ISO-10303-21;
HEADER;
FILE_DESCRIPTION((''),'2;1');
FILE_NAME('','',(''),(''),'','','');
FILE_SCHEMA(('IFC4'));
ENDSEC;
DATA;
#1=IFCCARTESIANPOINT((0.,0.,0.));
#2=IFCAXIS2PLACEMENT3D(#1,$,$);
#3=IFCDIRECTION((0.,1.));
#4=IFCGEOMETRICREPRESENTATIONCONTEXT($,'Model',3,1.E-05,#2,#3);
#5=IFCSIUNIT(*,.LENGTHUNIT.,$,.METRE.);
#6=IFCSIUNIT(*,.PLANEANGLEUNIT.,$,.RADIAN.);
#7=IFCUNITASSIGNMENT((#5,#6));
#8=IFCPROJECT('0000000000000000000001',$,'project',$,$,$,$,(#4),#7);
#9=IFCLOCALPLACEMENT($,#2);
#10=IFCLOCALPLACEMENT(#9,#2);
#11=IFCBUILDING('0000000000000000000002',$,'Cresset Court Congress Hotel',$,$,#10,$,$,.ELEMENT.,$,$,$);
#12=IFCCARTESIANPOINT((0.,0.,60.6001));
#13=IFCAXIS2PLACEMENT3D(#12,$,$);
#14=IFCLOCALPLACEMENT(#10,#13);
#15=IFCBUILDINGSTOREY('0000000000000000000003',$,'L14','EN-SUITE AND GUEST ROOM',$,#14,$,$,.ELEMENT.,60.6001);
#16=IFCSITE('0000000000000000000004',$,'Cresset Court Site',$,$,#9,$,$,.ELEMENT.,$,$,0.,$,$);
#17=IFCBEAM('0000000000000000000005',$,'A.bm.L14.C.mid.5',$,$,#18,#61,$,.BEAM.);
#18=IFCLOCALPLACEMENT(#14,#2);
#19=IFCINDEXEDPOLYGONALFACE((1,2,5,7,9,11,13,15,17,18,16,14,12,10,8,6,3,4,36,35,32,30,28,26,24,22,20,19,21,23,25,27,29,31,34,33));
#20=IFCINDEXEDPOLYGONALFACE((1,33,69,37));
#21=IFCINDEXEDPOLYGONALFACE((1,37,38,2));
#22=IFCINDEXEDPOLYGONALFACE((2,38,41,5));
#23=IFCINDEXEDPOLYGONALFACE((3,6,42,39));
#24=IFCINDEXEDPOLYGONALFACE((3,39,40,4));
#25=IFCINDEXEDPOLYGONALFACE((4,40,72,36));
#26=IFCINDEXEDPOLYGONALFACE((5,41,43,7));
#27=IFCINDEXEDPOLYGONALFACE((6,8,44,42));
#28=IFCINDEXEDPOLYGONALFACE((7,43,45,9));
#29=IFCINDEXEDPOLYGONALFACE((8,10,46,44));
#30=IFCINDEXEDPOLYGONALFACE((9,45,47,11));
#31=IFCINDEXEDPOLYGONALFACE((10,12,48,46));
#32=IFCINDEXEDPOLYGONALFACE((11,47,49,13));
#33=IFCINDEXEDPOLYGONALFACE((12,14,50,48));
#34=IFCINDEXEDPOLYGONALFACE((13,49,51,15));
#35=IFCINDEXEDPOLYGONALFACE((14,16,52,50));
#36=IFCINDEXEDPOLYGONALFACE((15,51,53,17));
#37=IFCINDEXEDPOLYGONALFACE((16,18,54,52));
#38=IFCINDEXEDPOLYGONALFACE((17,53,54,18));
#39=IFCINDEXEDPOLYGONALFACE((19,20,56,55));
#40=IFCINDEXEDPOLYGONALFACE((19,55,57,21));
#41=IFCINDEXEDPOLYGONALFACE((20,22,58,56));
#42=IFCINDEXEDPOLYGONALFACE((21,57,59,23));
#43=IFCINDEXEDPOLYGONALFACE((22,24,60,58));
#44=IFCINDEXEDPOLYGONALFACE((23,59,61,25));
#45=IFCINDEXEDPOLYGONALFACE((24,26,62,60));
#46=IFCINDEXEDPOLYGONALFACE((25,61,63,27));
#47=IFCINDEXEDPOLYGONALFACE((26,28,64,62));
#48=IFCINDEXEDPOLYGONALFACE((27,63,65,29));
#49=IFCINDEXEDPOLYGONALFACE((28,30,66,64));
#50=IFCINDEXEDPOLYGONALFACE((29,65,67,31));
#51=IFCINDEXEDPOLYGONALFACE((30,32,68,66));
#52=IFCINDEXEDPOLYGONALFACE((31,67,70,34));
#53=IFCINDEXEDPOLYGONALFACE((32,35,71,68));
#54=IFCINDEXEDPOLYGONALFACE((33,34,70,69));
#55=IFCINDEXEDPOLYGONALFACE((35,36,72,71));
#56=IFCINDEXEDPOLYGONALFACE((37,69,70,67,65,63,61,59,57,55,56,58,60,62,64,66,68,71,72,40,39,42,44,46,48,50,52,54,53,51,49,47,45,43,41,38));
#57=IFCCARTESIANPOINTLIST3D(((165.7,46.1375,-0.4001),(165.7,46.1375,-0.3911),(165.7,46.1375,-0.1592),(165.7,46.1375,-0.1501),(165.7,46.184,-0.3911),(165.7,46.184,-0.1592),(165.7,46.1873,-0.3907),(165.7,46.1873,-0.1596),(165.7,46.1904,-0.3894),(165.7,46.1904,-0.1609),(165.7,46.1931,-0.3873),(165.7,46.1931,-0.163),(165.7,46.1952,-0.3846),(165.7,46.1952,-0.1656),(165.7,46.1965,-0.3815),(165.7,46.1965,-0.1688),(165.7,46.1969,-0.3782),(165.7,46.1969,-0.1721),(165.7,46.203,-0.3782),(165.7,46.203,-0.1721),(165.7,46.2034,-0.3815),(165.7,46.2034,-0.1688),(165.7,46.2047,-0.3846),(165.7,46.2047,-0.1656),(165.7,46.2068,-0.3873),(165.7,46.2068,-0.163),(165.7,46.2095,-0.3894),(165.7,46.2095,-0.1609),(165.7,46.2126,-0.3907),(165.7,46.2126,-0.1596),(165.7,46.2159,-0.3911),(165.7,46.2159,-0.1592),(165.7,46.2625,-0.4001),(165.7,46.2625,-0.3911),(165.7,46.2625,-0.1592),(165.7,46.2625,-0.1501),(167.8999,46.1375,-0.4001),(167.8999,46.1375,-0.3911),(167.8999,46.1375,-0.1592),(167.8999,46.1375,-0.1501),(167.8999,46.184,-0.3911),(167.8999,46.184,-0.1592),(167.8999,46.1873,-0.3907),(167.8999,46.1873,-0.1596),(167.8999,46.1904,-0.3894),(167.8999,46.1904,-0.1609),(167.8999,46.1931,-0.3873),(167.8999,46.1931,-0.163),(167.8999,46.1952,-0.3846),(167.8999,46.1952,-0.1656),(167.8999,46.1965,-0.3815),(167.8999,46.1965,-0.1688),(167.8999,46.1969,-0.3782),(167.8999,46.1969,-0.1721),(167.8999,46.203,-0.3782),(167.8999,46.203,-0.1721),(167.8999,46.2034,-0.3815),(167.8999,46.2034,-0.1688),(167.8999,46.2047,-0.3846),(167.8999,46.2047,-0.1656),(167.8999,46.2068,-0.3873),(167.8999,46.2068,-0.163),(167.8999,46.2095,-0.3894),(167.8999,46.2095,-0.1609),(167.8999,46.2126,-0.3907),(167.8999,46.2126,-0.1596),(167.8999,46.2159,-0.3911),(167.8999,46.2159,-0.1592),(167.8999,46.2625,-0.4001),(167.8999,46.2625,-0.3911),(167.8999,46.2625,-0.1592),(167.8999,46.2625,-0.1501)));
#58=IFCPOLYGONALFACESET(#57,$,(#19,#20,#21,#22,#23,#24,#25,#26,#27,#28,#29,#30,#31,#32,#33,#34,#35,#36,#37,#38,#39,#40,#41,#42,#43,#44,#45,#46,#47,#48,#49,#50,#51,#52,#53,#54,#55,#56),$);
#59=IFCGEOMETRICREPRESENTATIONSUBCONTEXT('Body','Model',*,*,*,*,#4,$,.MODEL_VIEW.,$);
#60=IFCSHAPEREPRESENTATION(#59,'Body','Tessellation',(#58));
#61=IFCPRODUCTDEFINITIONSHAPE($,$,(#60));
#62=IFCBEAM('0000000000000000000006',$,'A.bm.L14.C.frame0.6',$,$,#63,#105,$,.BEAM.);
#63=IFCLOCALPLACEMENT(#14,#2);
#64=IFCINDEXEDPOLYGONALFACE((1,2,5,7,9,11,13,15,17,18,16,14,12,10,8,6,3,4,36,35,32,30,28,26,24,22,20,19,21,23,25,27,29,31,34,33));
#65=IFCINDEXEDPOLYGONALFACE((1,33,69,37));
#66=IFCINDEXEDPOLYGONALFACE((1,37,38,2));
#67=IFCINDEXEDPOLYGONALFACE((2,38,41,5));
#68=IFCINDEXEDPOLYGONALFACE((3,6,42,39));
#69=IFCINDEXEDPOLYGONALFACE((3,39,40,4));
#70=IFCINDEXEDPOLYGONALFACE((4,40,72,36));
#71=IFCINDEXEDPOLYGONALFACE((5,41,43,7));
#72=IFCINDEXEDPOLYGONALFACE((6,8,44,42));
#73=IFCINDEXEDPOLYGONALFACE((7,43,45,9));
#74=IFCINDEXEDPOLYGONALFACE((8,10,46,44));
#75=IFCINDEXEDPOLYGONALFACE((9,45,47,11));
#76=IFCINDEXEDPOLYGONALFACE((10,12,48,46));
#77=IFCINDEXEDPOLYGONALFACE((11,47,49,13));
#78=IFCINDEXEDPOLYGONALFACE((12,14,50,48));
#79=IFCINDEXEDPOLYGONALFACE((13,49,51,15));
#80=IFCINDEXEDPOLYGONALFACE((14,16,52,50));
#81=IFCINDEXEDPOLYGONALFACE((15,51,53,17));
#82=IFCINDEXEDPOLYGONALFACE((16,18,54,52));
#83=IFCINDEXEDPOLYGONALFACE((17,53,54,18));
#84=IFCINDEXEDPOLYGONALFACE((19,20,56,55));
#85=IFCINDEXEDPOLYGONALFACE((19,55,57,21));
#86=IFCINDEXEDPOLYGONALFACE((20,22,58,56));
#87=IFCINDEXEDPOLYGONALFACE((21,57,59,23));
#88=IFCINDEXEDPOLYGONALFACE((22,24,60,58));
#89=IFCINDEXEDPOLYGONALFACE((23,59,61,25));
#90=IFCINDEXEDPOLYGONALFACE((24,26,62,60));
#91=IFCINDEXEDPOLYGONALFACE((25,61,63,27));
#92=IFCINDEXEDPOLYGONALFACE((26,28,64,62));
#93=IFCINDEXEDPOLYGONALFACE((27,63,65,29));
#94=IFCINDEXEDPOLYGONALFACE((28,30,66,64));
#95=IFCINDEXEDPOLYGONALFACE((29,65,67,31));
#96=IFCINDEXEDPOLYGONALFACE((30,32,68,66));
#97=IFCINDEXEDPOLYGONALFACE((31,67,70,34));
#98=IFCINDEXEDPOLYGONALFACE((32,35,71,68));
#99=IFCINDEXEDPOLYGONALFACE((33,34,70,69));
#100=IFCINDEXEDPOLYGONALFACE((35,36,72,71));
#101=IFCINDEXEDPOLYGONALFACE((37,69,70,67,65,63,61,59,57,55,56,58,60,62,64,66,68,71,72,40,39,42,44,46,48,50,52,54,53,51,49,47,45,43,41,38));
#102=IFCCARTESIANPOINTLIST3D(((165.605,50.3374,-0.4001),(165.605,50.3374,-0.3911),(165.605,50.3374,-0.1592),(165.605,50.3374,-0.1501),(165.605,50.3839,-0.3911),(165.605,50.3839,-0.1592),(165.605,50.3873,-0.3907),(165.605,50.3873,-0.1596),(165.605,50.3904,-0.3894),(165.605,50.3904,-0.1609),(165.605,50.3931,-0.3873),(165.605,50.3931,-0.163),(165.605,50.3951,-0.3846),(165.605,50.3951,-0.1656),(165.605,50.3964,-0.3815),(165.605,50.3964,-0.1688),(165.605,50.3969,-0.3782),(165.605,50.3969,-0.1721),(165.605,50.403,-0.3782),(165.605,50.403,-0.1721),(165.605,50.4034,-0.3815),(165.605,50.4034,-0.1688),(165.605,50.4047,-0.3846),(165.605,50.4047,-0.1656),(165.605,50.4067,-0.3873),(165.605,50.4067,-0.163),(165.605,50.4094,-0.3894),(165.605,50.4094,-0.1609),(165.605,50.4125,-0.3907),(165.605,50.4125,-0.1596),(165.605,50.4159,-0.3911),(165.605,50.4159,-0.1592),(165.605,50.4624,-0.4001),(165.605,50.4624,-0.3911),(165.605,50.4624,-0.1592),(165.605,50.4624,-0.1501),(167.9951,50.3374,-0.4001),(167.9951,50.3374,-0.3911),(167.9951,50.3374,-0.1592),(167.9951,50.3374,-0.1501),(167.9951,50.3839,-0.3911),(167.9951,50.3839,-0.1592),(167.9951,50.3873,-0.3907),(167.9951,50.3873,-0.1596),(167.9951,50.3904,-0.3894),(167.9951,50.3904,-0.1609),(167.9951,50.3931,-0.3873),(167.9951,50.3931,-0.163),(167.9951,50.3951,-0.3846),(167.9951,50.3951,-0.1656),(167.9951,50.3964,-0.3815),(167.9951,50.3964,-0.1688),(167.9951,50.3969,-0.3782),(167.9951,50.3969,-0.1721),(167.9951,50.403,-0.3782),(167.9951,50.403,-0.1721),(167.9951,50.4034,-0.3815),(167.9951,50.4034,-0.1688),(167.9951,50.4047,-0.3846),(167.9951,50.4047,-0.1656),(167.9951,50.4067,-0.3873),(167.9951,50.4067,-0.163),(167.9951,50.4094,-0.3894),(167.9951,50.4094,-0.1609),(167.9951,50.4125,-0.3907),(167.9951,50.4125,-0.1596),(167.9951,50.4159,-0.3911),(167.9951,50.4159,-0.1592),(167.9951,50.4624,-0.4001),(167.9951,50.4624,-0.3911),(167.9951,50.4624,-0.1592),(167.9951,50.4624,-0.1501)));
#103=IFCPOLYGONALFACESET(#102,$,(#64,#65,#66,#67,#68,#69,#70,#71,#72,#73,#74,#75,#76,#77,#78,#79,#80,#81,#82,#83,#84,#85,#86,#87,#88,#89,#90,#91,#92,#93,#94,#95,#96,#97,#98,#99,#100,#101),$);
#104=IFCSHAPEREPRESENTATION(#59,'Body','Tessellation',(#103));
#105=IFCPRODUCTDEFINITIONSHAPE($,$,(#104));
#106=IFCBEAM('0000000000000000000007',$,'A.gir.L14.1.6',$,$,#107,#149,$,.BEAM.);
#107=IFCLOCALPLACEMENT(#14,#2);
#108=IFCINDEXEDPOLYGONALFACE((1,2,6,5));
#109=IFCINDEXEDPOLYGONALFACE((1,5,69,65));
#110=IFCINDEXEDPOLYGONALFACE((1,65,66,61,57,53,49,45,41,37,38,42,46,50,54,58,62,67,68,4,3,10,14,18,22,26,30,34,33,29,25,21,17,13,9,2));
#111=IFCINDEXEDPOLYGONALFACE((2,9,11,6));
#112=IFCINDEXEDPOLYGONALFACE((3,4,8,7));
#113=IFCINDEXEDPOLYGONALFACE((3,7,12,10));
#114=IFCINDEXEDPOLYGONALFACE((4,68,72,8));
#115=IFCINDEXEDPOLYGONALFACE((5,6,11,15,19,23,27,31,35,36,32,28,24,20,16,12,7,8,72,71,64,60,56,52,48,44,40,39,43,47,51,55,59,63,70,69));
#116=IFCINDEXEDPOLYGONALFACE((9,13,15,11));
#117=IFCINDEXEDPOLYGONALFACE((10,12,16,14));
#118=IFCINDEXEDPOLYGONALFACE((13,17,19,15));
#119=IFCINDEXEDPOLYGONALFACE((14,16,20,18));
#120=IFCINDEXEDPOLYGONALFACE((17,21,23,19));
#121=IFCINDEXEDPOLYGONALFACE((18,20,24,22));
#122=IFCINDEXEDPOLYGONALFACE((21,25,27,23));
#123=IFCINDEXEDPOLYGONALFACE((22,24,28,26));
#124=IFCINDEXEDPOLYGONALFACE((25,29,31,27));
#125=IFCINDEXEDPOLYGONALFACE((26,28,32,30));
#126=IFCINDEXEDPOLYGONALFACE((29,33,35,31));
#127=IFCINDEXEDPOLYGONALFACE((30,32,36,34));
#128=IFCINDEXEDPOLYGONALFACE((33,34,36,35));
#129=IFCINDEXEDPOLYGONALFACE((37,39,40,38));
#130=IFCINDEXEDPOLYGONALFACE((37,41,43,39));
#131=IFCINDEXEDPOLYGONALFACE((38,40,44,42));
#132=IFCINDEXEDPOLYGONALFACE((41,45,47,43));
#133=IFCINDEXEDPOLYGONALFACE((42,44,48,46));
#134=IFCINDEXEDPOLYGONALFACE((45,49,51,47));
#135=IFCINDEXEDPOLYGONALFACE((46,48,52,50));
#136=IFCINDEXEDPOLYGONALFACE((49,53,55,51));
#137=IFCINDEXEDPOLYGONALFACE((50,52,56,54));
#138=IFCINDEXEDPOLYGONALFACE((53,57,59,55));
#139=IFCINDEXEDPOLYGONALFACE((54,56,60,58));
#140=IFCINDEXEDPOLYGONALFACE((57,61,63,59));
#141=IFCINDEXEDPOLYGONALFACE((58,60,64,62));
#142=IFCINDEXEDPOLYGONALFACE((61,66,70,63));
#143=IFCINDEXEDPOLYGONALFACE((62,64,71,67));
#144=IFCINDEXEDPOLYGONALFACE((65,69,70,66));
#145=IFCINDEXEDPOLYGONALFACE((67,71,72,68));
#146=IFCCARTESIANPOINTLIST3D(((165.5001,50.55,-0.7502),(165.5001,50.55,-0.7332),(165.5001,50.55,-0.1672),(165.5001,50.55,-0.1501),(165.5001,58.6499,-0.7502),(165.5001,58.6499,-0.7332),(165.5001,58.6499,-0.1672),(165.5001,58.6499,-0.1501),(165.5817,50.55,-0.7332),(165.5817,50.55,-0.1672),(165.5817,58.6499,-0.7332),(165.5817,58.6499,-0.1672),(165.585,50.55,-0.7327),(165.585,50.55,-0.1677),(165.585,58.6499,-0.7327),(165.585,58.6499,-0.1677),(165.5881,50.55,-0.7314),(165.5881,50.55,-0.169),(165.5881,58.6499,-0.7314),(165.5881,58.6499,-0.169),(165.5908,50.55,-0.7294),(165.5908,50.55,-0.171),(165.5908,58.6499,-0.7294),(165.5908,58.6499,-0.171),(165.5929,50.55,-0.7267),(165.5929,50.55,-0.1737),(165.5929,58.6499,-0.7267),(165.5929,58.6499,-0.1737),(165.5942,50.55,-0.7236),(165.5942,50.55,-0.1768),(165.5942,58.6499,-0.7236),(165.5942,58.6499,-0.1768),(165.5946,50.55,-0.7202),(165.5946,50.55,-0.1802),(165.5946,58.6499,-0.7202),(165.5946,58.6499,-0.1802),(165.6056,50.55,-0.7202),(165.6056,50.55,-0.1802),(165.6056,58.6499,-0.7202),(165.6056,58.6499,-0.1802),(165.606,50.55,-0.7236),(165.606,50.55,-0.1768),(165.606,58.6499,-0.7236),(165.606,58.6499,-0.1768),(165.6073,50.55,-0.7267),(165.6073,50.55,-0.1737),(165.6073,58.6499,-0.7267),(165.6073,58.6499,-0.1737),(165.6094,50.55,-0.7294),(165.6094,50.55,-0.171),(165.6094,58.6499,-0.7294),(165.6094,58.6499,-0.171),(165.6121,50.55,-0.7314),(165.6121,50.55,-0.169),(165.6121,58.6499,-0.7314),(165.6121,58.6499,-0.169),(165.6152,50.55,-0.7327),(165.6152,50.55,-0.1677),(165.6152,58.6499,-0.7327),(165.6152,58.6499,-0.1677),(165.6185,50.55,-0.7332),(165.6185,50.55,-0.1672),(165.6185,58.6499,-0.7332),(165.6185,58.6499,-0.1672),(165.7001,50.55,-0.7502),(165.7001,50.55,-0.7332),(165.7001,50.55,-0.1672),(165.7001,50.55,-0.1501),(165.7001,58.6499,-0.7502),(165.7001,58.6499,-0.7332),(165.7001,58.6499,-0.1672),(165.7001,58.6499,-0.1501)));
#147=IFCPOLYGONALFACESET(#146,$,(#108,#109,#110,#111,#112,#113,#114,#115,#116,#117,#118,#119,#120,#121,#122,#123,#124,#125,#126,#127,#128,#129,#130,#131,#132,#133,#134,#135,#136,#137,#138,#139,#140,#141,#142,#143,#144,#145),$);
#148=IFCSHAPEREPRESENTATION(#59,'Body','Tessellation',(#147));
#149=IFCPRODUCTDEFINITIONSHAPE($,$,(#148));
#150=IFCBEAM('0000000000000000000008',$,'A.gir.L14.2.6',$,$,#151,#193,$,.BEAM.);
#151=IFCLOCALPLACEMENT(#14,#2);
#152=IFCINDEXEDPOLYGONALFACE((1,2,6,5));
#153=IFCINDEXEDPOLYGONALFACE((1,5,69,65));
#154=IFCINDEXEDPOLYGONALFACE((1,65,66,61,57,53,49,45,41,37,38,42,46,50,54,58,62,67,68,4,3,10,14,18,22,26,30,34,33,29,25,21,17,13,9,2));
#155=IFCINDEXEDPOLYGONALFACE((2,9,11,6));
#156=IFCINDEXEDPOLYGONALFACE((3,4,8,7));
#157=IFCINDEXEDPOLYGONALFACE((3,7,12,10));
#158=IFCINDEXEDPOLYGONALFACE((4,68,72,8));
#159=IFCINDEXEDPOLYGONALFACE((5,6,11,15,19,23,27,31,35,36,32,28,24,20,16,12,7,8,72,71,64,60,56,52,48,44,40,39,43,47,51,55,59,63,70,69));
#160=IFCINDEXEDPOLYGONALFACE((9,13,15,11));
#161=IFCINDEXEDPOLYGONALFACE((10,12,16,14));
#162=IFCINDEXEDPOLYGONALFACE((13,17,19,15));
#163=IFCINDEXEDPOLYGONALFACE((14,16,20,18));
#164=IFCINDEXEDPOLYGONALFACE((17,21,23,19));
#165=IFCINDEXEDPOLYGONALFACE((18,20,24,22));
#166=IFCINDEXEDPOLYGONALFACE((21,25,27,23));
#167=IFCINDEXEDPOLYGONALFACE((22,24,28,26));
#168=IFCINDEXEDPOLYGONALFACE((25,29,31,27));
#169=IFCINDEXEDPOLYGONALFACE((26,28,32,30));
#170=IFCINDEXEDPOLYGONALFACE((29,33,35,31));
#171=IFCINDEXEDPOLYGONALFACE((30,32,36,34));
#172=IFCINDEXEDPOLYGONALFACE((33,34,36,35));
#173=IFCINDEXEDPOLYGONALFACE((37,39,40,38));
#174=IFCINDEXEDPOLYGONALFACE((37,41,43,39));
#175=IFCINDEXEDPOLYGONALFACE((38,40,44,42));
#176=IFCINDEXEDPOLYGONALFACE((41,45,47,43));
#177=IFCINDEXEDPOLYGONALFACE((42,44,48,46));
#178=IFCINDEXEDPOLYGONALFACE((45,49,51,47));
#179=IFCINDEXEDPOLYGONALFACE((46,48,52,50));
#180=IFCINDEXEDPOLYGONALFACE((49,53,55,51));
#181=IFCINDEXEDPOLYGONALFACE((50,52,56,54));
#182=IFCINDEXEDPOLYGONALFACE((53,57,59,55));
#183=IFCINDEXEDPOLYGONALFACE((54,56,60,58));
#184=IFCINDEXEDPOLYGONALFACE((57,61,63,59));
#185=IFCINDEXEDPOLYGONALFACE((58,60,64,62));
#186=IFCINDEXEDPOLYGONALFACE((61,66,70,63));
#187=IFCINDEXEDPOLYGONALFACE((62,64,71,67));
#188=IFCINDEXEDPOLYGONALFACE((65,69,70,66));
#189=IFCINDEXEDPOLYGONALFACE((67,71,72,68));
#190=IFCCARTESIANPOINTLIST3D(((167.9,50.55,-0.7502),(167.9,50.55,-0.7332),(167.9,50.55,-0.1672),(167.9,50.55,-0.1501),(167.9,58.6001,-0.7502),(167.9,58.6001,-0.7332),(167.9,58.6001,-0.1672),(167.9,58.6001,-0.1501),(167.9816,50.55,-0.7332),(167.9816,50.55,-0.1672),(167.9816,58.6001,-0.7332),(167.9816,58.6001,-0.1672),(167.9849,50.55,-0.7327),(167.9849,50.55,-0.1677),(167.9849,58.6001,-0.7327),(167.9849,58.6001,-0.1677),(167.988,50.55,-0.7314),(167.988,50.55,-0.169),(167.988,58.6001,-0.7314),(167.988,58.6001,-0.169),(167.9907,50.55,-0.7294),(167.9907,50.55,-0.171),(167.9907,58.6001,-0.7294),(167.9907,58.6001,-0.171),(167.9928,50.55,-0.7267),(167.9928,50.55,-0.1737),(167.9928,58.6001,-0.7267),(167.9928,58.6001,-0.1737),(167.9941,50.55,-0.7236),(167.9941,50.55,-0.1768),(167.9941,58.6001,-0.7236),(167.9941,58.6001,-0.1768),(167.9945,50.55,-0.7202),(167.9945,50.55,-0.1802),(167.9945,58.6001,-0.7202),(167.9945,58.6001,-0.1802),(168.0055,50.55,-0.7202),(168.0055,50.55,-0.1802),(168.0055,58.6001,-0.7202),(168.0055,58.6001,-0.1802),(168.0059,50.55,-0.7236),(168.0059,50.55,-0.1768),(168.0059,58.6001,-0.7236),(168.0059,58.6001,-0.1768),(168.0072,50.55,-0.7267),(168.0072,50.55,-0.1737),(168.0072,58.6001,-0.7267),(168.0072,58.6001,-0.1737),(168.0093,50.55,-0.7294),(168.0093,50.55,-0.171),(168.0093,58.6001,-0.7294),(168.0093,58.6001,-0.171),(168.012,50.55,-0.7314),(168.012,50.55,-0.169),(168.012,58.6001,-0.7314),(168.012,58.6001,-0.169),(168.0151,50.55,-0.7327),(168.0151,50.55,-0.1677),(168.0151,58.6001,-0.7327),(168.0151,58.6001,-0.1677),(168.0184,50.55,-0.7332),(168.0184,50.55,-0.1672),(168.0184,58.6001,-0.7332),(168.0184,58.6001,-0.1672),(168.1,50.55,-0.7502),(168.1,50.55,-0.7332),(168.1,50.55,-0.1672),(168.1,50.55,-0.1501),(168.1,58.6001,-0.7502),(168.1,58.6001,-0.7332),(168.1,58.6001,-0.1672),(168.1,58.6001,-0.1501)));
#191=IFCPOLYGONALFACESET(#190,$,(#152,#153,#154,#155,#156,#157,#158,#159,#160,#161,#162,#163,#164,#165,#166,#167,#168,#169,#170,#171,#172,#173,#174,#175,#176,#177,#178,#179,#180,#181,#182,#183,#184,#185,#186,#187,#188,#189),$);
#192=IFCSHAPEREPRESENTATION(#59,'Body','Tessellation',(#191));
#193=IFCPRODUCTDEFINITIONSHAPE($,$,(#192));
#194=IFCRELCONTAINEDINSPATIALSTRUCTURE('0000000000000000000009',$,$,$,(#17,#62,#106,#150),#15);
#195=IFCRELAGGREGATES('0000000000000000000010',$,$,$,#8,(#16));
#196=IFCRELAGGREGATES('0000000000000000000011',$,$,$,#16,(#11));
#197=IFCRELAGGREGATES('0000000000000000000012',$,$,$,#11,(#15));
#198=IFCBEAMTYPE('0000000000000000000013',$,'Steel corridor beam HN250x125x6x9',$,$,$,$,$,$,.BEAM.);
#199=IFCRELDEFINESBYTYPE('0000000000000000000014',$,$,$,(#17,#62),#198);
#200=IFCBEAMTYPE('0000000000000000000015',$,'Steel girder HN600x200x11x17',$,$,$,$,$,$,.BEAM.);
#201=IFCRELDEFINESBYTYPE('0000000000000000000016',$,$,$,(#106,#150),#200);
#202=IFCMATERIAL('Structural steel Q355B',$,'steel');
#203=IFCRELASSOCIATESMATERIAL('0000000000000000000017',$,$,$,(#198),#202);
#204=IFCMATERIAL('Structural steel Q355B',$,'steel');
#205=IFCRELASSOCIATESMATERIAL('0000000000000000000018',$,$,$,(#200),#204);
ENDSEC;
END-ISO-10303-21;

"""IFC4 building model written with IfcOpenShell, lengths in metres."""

from ifc_helpers import new_model, si_unit, direction, frame, origin, origin_2d, place, context, subcontext, project, spatial, i_section, extrude, material, material_profile, profile_set, type_object, element, save


model = new_model("IFC4")

# Units and contexts
model_context = context("Model", 3, precision=1e-05, world=origin(), true_north=direction((0.0, 1.0)))
body_context = subcontext(model_context, "Body", "Model", "MODEL_VIEW")
ifc_project = project(units=[si_unit("LENGTHUNIT", "METRE"), si_unit("PLANEANGLEUNIT", "RADIAN")], contexts=[model_context])

# Site, building, storey
site_placement = place(None, origin())
site = spatial("IfcSite", under=ifc_project, at=site_placement, Name="Cresset Court Site", CompositionType="ELEMENT", RefElevation=0.0)
building_placement = place(site_placement, origin())
building = spatial("IfcBuilding", under=site, at=building_placement, Name="Cresset Court Congress Hotel", CompositionType="ELEMENT")
storey_placement = place(building_placement, frame((0.0, 0.0, 60.6001)))
storey = spatial("IfcBuildingStorey", under=building, at=storey_placement, Name="L14", Description="EN-SUITE AND GUEST ROOM", CompositionType="ELEMENT", Elevation=60.6001)

# Beams
ifc_material_1 = material(Name="Structural steel Q355B", Category="steel")
ifc_material_profile_1 = material_profile(ifc_material_1, i_section(OverallWidth=0.125, OverallDepth=0.25, WebThickness=0.0061, FlangeThickness=0.009, FilletRadius=0.0129, at=origin_2d()), Name="HN250x125x6x9")
ifc_profile_set_1 = profile_set([ifc_material_profile_1], Name="Structural steel Q355B")
beam_type_1 = type_object("IfcBeamType", Name="Steel corridor beam HN250x125x6x9", PredefinedType="BEAM", material=ifc_profile_set_1)
beam_1_placement = place(storey_placement, frame((165.7, 46.2, -0.2751), z_axis=(1.0, 0.0, 0.0), x_axis=(0.0, 1.0, 0.0)))
element("IfcBeam", 1, at=beam_1_placement, inside=storey, type_object=beam_type_1, Name="A.bm.L14.C.mid.5", PredefinedType="BEAM", context=body_context, shape_type="SweptSolid", body=[
    extrude(i_section(OverallWidth=0.125, OverallDepth=0.25, WebThickness=0.0061, FlangeThickness=0.009, FilletRadius=0.0129, at=origin_2d()), origin(), (0.0, 0.0, 1.0), 2.2),
])
beam_2_placement = place(storey_placement, frame((165.605, 50.3999, -0.2751), z_axis=(1.0, 0.0, 0.0), x_axis=(0.0, 1.0, 0.0)))
element("IfcBeam", 2, at=beam_2_placement, inside=storey, type_object=beam_type_1, Name="A.bm.L14.C.frame0.6", PredefinedType="BEAM", context=body_context, shape_type="SweptSolid", body=[
    extrude(i_section(OverallWidth=0.125, OverallDepth=0.25, WebThickness=0.0061, FlangeThickness=0.009, FilletRadius=0.0129, at=origin_2d()), origin(), (0.0, 0.0, 1.0), 2.3901),
])
ifc_material_2 = material(Name="Structural steel Q355B", Category="steel")
ifc_material_profile_2 = material_profile(ifc_material_2, i_section(OverallWidth=0.2, OverallDepth=0.6001, WebThickness=0.011, FlangeThickness=0.0171, FilletRadius=0.0129, at=origin_2d()), Name="HN600x200x11x17")
ifc_profile_set_2 = profile_set([ifc_material_profile_2], Name="Structural steel Q355B")
beam_type_2 = type_object("IfcBeamType", Name="Steel girder HN600x200x11x17", PredefinedType="BEAM", material=ifc_profile_set_2)
beam_3_placement = place(storey_placement, frame((165.6001, 50.55, -0.4502), z_axis=(0.0, 1.0, 0.0), x_axis=(-1.0, 0.0, 0.0)))
element("IfcBeam", 3, at=beam_3_placement, inside=storey, type_object=beam_type_2, Name="A.gir.L14.1.6", PredefinedType="BEAM", context=body_context, shape_type="SweptSolid", body=[
    extrude(i_section(OverallWidth=0.2, OverallDepth=0.6001, WebThickness=0.011, FlangeThickness=0.0171, FilletRadius=0.0129, at=origin_2d()), origin(), (0.0, 0.0, 1.0), 8.0999),
])
beam_4_placement = place(storey_placement, frame((168.0, 50.55, -0.4502), z_axis=(0.0, 1.0, 0.0), x_axis=(-1.0, 0.0, 0.0)))
element("IfcBeam", 4, at=beam_4_placement, inside=storey, type_object=beam_type_2, Name="A.gir.L14.2.6", PredefinedType="BEAM", context=body_context, shape_type="SweptSolid", body=[
    extrude(i_section(OverallWidth=0.2, OverallDepth=0.6001, WebThickness=0.011, FlangeThickness=0.0171, FilletRadius=0.0129, at=origin_2d()), origin(), (0.0, 0.0, 1.0), 8.05),
])

save(model, "model.ifc")
